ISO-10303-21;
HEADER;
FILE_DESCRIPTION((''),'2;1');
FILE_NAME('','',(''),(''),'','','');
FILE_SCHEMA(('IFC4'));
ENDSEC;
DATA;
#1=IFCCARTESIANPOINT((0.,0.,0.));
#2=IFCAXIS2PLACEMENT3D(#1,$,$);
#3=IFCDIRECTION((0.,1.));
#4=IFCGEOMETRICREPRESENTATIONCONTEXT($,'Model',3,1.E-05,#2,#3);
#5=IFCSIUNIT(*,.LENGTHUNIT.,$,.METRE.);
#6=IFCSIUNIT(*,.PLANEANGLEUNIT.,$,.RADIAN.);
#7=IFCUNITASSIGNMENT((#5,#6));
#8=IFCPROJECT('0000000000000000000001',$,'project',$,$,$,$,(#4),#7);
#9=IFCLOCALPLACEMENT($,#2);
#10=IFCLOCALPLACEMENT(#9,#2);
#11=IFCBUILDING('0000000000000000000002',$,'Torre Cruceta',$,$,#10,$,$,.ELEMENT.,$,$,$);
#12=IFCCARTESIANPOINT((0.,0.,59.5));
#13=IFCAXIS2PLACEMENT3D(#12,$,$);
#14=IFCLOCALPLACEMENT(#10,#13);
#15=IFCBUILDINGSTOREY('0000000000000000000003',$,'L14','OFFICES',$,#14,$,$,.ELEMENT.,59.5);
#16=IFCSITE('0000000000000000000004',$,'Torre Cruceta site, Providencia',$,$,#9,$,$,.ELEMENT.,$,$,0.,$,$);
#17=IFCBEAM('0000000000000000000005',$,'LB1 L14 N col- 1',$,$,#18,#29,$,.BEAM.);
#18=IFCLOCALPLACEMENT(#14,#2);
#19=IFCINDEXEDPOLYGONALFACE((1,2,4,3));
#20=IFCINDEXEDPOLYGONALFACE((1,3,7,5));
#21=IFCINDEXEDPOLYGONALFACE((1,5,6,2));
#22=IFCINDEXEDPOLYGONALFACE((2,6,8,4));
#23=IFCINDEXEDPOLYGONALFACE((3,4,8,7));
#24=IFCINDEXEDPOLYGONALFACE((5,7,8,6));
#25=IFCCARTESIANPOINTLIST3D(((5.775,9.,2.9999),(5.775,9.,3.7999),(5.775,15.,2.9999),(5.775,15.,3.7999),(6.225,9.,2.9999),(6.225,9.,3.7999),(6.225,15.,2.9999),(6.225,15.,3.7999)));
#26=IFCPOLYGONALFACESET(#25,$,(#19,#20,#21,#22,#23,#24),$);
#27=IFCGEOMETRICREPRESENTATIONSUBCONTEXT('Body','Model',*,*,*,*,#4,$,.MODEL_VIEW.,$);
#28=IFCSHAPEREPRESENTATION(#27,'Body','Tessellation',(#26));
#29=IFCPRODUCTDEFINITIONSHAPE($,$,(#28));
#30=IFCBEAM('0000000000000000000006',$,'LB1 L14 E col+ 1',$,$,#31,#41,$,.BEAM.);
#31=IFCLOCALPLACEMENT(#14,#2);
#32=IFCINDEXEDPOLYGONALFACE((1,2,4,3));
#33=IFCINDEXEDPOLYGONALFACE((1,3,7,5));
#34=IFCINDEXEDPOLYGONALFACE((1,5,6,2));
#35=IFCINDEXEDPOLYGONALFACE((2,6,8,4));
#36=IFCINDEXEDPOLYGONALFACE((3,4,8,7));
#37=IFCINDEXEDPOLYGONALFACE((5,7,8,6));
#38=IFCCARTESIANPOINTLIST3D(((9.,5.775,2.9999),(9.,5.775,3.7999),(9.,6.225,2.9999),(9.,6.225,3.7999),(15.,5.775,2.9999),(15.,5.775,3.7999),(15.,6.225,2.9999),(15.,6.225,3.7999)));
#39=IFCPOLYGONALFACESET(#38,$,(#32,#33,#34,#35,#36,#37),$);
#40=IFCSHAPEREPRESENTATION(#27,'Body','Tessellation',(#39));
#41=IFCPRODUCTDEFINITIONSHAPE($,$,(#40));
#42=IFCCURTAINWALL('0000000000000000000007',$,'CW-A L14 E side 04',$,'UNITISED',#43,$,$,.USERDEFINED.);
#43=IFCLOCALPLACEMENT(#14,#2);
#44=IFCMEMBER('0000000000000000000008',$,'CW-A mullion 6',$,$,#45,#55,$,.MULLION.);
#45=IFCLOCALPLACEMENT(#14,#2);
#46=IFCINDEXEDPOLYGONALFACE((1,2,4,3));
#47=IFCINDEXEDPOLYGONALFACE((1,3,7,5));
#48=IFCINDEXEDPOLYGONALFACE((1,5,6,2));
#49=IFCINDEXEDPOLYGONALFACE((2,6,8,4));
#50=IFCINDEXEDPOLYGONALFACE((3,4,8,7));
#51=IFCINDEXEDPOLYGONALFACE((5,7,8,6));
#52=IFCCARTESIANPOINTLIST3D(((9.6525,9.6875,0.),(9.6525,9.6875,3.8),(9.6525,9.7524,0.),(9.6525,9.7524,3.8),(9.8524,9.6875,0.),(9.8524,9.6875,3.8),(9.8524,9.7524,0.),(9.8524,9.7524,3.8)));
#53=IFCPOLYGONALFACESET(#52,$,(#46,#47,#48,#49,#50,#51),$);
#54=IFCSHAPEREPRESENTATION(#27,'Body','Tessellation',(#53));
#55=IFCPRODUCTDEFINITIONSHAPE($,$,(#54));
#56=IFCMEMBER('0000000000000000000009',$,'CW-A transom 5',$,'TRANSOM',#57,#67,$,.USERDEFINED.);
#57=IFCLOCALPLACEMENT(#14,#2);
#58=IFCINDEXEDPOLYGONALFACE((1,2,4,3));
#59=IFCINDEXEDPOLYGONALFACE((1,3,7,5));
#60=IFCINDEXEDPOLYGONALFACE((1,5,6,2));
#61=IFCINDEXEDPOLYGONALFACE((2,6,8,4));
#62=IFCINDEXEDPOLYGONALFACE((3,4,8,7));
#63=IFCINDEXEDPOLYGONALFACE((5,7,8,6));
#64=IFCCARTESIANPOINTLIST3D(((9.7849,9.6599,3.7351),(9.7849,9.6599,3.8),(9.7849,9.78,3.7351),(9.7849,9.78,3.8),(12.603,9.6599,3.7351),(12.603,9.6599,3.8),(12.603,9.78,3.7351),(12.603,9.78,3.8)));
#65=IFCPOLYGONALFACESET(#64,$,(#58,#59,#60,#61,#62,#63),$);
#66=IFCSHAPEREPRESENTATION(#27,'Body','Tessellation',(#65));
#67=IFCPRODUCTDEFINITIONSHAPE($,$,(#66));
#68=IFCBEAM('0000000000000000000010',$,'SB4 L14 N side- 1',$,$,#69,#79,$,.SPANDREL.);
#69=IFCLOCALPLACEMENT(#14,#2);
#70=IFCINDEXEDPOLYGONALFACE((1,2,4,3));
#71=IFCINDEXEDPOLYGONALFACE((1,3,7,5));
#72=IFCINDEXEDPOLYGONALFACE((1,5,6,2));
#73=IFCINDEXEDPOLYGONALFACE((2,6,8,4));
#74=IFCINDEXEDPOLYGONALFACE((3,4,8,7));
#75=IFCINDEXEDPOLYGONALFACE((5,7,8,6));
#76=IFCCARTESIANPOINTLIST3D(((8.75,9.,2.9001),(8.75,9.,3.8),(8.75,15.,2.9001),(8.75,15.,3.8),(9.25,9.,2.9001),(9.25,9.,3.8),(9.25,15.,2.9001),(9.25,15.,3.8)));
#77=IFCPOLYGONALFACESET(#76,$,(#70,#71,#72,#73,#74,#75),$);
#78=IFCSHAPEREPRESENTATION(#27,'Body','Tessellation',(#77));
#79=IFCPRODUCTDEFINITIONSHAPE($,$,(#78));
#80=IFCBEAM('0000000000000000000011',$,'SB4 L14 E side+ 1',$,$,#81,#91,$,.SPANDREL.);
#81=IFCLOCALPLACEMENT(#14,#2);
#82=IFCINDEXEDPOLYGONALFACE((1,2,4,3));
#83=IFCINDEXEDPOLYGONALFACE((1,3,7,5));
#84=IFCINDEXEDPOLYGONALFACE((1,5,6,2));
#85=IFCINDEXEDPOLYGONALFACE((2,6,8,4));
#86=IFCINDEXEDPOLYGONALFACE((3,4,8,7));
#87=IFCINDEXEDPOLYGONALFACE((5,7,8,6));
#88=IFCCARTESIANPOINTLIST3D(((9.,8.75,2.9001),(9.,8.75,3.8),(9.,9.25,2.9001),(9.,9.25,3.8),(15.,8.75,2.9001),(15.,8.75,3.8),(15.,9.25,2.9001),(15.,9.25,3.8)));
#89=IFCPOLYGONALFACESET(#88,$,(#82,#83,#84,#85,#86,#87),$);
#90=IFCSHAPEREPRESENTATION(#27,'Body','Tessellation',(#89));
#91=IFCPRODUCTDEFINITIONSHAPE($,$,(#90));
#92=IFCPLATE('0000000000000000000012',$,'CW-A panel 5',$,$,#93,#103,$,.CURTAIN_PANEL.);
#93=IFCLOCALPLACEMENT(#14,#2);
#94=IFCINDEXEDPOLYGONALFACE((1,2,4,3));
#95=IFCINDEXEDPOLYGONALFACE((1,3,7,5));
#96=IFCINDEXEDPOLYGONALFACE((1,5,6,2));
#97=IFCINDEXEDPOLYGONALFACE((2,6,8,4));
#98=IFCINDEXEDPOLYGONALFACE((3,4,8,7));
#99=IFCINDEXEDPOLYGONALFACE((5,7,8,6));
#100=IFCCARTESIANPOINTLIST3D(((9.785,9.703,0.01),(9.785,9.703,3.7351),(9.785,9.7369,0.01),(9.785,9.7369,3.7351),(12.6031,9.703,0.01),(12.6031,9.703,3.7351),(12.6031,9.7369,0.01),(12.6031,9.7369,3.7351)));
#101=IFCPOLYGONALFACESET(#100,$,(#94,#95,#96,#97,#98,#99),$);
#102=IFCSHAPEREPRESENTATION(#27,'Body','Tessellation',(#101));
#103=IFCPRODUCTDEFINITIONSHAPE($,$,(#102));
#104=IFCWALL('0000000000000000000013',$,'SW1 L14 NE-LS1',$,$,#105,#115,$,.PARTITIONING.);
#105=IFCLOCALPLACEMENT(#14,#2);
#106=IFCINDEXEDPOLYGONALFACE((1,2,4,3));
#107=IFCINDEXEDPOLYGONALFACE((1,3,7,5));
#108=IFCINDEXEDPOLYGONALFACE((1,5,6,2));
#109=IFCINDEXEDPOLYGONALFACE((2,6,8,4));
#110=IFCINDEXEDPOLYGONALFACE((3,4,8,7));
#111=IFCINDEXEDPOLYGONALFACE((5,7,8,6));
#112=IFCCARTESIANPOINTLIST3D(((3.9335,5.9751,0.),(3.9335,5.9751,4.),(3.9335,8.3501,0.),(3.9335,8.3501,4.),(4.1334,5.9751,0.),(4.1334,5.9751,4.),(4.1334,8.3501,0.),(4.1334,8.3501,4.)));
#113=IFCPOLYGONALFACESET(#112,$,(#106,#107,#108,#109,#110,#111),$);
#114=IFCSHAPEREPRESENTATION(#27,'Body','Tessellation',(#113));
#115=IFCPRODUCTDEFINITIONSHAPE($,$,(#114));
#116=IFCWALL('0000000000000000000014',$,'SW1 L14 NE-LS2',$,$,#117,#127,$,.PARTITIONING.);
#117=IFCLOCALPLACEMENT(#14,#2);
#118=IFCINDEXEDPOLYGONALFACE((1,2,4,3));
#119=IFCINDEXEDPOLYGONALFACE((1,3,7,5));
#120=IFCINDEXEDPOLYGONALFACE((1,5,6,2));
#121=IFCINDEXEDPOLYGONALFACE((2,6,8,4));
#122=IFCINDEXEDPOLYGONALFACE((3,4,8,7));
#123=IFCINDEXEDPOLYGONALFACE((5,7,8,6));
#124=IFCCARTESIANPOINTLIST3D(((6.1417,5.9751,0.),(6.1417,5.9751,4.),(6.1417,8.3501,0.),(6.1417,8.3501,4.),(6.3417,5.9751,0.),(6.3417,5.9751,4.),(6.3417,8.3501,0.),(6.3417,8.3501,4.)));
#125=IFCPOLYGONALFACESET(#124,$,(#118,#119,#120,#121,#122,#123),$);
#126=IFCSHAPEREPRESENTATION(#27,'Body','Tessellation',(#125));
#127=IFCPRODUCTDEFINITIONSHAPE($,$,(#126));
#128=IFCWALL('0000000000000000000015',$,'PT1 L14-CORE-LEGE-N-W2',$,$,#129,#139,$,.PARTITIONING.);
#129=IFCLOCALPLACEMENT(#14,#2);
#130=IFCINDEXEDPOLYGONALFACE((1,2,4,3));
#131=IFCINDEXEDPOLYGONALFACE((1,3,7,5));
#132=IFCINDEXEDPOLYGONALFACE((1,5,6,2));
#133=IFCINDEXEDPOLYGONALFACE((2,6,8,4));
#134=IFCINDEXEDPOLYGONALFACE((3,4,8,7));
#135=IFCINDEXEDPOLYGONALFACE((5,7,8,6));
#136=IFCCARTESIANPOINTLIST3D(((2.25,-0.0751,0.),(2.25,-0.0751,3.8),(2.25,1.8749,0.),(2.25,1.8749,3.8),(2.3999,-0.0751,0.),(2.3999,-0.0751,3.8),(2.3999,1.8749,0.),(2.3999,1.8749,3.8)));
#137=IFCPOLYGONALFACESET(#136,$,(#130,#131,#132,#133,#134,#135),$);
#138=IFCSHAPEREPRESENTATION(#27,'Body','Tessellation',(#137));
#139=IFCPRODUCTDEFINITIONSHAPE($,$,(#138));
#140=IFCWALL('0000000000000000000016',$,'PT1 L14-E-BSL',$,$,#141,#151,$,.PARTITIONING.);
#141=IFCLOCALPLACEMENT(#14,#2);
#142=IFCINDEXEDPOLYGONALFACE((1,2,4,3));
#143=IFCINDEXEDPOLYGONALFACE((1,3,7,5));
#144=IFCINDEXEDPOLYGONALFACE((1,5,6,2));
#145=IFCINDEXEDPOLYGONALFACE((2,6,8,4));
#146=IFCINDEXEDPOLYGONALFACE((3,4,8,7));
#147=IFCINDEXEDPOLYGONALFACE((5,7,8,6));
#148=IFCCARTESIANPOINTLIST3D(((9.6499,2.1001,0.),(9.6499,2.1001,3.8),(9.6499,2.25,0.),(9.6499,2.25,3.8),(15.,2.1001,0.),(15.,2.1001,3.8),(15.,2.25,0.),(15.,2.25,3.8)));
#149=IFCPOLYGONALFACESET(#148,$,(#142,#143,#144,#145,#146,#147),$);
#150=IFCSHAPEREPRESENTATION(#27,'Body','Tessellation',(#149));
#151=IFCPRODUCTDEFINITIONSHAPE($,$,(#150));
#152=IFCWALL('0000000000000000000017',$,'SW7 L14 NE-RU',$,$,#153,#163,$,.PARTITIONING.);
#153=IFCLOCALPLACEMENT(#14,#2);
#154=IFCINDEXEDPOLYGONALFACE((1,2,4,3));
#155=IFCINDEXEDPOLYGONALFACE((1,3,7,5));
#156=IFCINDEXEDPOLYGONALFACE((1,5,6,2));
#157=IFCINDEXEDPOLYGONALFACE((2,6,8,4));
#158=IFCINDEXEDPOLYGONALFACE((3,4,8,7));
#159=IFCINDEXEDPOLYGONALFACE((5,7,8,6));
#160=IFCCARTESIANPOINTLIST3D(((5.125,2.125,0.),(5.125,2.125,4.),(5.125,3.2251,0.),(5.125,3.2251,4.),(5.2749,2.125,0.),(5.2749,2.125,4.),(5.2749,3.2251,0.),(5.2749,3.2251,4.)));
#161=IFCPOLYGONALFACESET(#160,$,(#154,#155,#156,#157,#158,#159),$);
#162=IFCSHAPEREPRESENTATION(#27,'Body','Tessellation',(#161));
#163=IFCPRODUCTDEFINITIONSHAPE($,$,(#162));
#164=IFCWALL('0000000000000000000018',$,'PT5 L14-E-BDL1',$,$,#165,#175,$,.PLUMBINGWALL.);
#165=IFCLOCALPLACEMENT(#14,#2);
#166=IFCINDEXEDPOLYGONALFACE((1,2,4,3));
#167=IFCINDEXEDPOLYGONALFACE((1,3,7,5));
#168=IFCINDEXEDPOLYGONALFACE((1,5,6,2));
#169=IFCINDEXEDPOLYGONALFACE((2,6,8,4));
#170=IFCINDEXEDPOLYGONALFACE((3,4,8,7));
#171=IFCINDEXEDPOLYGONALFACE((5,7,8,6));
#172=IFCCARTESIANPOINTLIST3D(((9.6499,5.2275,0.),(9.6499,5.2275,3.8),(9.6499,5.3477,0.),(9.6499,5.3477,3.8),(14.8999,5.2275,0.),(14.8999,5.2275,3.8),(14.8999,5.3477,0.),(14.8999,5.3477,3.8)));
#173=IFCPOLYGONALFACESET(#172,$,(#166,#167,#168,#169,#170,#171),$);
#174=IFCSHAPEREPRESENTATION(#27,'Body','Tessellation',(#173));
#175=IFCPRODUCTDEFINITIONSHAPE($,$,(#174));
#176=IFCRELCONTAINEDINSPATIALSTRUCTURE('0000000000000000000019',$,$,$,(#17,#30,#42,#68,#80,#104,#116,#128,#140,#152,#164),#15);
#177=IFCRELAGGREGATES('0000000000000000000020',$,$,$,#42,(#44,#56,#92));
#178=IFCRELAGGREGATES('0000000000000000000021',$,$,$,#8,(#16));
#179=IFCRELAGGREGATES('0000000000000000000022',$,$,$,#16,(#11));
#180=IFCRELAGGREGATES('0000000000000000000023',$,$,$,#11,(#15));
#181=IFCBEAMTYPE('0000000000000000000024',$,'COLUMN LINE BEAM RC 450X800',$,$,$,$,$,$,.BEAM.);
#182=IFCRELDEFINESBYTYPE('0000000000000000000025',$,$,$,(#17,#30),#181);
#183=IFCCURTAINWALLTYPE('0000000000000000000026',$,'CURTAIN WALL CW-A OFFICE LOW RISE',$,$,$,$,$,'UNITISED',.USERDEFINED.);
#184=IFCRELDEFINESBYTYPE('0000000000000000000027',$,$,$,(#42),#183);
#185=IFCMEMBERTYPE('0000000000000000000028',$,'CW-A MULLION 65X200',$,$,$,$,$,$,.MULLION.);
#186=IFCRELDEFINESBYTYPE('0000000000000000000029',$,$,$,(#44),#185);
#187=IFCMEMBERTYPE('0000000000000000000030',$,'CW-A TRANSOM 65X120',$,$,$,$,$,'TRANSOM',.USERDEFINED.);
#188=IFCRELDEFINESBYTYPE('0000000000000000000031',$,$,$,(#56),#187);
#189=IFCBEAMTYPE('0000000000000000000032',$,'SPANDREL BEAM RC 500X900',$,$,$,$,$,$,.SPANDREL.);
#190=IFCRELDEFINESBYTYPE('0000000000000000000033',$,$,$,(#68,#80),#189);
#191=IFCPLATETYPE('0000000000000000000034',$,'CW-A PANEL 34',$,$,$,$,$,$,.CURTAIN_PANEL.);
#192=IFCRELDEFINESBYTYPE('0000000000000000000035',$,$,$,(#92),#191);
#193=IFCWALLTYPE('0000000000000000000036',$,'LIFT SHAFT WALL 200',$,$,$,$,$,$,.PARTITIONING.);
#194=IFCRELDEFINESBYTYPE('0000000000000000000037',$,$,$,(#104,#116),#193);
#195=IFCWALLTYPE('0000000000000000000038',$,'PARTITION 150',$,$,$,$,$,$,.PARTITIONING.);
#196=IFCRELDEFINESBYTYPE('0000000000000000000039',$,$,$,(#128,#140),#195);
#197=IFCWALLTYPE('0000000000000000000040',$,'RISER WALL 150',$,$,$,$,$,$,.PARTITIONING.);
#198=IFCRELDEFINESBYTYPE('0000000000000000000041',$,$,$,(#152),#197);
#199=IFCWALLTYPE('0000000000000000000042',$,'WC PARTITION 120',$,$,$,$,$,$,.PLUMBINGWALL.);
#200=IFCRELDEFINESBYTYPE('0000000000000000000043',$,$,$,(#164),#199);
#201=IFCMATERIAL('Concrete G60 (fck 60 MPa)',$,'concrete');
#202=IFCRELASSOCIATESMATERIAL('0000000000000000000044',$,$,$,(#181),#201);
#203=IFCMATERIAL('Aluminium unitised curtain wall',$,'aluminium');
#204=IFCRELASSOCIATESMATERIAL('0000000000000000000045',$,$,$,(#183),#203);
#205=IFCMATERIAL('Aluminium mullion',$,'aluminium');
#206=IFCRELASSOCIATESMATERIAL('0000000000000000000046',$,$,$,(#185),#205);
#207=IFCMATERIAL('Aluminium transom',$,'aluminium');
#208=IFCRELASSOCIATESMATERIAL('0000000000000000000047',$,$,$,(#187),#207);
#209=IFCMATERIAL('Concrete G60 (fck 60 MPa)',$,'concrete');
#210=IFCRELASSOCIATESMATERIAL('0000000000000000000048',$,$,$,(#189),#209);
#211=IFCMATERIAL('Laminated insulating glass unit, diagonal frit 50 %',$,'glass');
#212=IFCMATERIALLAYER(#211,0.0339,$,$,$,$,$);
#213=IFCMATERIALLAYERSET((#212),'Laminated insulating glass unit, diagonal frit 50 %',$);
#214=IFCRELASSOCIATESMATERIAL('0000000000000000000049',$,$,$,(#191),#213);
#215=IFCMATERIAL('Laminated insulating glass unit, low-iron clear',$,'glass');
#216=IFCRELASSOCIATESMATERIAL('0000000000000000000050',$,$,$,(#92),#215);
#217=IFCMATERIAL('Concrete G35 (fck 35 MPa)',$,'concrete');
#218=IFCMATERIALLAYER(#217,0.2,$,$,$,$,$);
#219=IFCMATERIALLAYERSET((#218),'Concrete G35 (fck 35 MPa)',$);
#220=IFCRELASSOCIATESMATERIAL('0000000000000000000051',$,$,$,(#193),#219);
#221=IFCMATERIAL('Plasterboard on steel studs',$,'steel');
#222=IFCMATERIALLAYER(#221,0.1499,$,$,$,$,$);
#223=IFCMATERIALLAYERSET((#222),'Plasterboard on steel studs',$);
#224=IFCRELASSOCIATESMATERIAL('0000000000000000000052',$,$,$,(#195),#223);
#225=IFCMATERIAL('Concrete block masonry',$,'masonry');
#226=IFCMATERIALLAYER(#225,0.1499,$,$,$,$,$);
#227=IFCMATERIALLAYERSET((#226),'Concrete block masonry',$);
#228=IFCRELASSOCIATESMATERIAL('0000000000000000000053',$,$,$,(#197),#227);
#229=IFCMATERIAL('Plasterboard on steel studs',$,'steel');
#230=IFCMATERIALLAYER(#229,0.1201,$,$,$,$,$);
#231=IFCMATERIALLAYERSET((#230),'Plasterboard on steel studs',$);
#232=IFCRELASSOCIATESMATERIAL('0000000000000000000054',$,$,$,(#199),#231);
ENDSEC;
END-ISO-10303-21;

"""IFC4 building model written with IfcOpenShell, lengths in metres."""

from ifc_helpers import new_model, si_unit, direction, frame, frame_2d, origin, origin_2d, place, context, subcontext, project, spatial, rectangle, extrude, material, layer, layer_set, material_profile, profile_set, type_object, element, aggregate, save


model = new_model("IFC4")

# Units and contexts
model_context = context("Model", 3, precision=1e-05, world=origin(), true_north=direction((0.0, 1.0)))
body_context = subcontext(model_context, "Body", "Model", "MODEL_VIEW")
ifc_project = project(units=[si_unit("LENGTHUNIT", "METRE"), si_unit("PLANEANGLEUNIT", "RADIAN")], contexts=[model_context])

# Site, building, storey
site_placement = place(None, origin())
site = spatial("IfcSite", under=ifc_project, at=site_placement, Name="Torre Cruceta site, Providencia", CompositionType="ELEMENT", RefElevation=0.0)
building_placement = place(site_placement, origin())
building = spatial("IfcBuilding", under=site, at=building_placement, Name="Torre Cruceta", CompositionType="ELEMENT")
storey_placement = place(building_placement, frame((0.0, 0.0, 59.5)))
storey = spatial("IfcBuildingStorey", under=building, at=storey_placement, Name="L14", Description="OFFICES", CompositionType="ELEMENT", Elevation=59.5)

# Beams
ifc_material_1 = material(Name="Concrete G60 (fck 60 MPa)", Category="concrete")
ifc_material_profile_1 = material_profile(ifc_material_1, rectangle(XDim=0.45, YDim=0.8, at=origin_2d()), Name="RC 450X800")
ifc_profile_set_1 = profile_set([ifc_material_profile_1], Name="Concrete G60 (fck 60 MPa)")
beam_type_1 = type_object("IfcBeamType", Name="COLUMN LINE BEAM RC 450X800", PredefinedType="BEAM", material=ifc_profile_set_1)
for number, where, z_axis, x_axis, name in (
    (1, (6.0, 9.0, 3.3999), (0.0, 1.0, 0.0), (-1.0, 0.0, 0.0), "LB1 L14 N col- 1"),
    (2, (9.0, 6.0, 3.3999), (1.0, 0.0, 0.0), (0.0, 1.0, 0.0), "LB1 L14 E col+ 1"),
):
    element("IfcBeam", number, at=place(storey_placement, frame(where, z_axis=z_axis, x_axis=x_axis)), inside=storey, type_object=beam_type_1, Name=name, PredefinedType="BEAM", context=body_context, shape_type="SweptSolid", body=[
        extrude(rectangle(XDim=0.45, YDim=0.8, at=origin_2d()), origin(), (0.0, 0.0, 1.0), 6.0),
    ])

# Curtain wall, members
ifc_material_2 = material(Name="Aluminium unitised curtain wall", Category="aluminium")
curtain_wall_type = type_object("IfcCurtainWallType", Name="CURTAIN WALL CW-A OFFICE LOW RISE", ElementType="UNITISED", PredefinedType="USERDEFINED", material=ifc_material_2)
curtain_wall_placement = place(storey_placement, origin())
curtain_wall = element("IfcCurtainWall", 3, at=curtain_wall_placement, inside=storey, type_object=curtain_wall_type, Name="CW-A L14 E side 04", ObjectType="UNITISED", PredefinedType="USERDEFINED")
ifc_material_3 = material(Name="Aluminium mullion", Category="aluminium")
ifc_material_profile_2 = material_profile(ifc_material_3, rectangle(XDim=0.0649, YDim=0.2, at=origin_2d()), Name="AL 65X200")
ifc_profile_set_2 = profile_set([ifc_material_profile_2], Name="Aluminium mullion")
member_type_1 = type_object("IfcMemberType", Name="CW-A MULLION 65X200", PredefinedType="MULLION", material=ifc_profile_set_2)
member_1_placement = place(storey_placement, frame((9.7524, 9.72, 0.0), z_axis=(0.0, 0.0, 1.0), x_axis=(0.0, -1.0, 0.0)))
member_1 = element("IfcMember", 4, at=member_1_placement, type_object=member_type_1, Name="CW-A mullion 6", PredefinedType="MULLION", context=body_context, shape_type="SweptSolid", body=[
    extrude(rectangle(XDim=0.0649, YDim=0.2, at=origin_2d()), origin(), (0.0, 0.0, 1.0), 3.8),
])
ifc_material_4 = material(Name="Aluminium transom", Category="aluminium")
ifc_material_profile_3 = material_profile(ifc_material_4, rectangle(XDim=0.1201, YDim=0.0649, at=origin_2d()), Name="AL 120X65")
ifc_profile_set_3 = profile_set([ifc_material_profile_3], Name="Aluminium transom")
member_type_2 = type_object("IfcMemberType", Name="CW-A TRANSOM 65X120", ElementType="TRANSOM", PredefinedType="USERDEFINED", material=ifc_profile_set_3)
member_2_placement = place(storey_placement, frame((12.603, 9.72, 3.7676), z_axis=(-1.0, 0.0, 0.0), x_axis=(0.0, -1.0, 0.0)))
member_2 = element("IfcMember", 5, at=member_2_placement, type_object=member_type_2, Name="CW-A transom 5", ObjectType="TRANSOM", PredefinedType="USERDEFINED", context=body_context, shape_type="SweptSolid", body=[
    extrude(rectangle(XDim=0.1201, YDim=0.0649, at=origin_2d()), origin(), (0.0, 0.0, 1.0), 2.8181),
])

# Beams
ifc_material_5 = material(Name="Concrete G60 (fck 60 MPa)", Category="concrete")
ifc_material_profile_4 = material_profile(ifc_material_5, rectangle(XDim=0.5, YDim=0.8999, at=origin_2d()), Name="RC 500X900")
ifc_profile_set_4 = profile_set([ifc_material_profile_4], Name="Concrete G60 (fck 60 MPa)")
beam_type_2 = type_object("IfcBeamType", Name="SPANDREL BEAM RC 500X900", PredefinedType="SPANDREL", material=ifc_profile_set_4)
for number, where, z_axis, x_axis, name in (
    (6, (9.0, 9.0, 3.3501), (0.0, 1.0, 0.0), (-1.0, 0.0, 0.0), "SB4 L14 N side- 1"),
    (7, (9.0, 9.0, 3.3501), (1.0, 0.0, 0.0), (0.0, 1.0, 0.0), "SB4 L14 E side+ 1"),
):
    element("IfcBeam", number, at=place(storey_placement, frame(where, z_axis=z_axis, x_axis=x_axis)), inside=storey, type_object=beam_type_2, Name=name, PredefinedType="SPANDREL", context=body_context, shape_type="SweptSolid", body=[
        extrude(rectangle(XDim=0.5, YDim=0.8999, at=origin_2d()), origin(), (0.0, 0.0, 1.0), 6.0),
    ])

# Plate
ifc_material_6 = material(Name="Laminated insulating glass unit, low-iron clear", Category="glass")
ifc_material_7 = material(Name="Laminated insulating glass unit, diagonal frit 50 %", Category="glass")
ifc_layer_1 = layer(ifc_material_7, 0.0339)
ifc_layer_set_1 = layer_set([ifc_layer_1], Name="Laminated insulating glass unit, diagonal frit 50 %")
plate_type = type_object("IfcPlateType", Name="CW-A PANEL 34", PredefinedType="CURTAIN_PANEL", material=ifc_layer_set_1)
plate_placement = place(storey_placement, frame((11.1941, 9.72, 0.01), z_axis=(0.0, 0.0, 1.0), x_axis=(-1.0, 0.0, 0.0)))
plate = element("IfcPlate", 8, at=plate_placement, type_object=plate_type, material=ifc_material_6, Name="CW-A panel 5", PredefinedType="CURTAIN_PANEL", context=body_context, shape_type="SweptSolid", body=[
    extrude(rectangle(XDim=2.8181, YDim=0.0339, at=origin_2d()), origin(), (0.0, 0.0, 1.0), 3.7251),
])
aggregate(curtain_wall, [member_1, member_2, plate])

# Walls
ifc_material_8 = material(Name="Concrete G35 (fck 35 MPa)", Category="concrete")
ifc_layer_2 = layer(ifc_material_8, 0.2)
ifc_layer_set_2 = layer_set([ifc_layer_2], Name="Concrete G35 (fck 35 MPa)")
wall_type_1 = type_object("IfcWallType", Name="LIFT SHAFT WALL 200", PredefinedType="PARTITIONING", material=ifc_layer_set_2)
for number, where, z_axis, x_axis, name in (
    (9, (4.0334, 5.9751, 0.0), (0.0, 0.0, 1.0), (0.0, 1.0, 0.0), "SW1 L14 NE-LS1"),
    (10, (6.2417, 5.9751, 0.0), (0.0, 0.0, 1.0), (0.0, 1.0, 0.0), "SW1 L14 NE-LS2"),
):
    element("IfcWall", number, at=place(storey_placement, frame(where, z_axis=z_axis, x_axis=x_axis)), inside=storey, type_object=wall_type_1, Name=name, PredefinedType="PARTITIONING", context=body_context, shape_type="SweptSolid", body=[
        extrude(rectangle(XDim=2.375, YDim=0.2, at=frame_2d((1.1875, 0.0))), origin(), (0.0, 0.0, 1.0), 4.0),
    ])
ifc_material_9 = material(Name="Plasterboard on steel studs", Category="steel")
ifc_layer_3 = layer(ifc_material_9, 0.1499)
ifc_layer_set_3 = layer_set([ifc_layer_3], Name="Plasterboard on steel studs")
wall_type_2 = type_object("IfcWallType", Name="PARTITION 150", PredefinedType="PARTITIONING", material=ifc_layer_set_3)
wall_1_placement = place(storey_placement, frame((2.325, 1.875, 0.0), z_axis=(0.0, 0.0, 1.0), x_axis=(0.0, -1.0, 0.0)))
element("IfcWall", 11, at=wall_1_placement, inside=storey, type_object=wall_type_2, Name="PT1 L14-CORE-LEGE-N-W2", PredefinedType="PARTITIONING", context=body_context, shape_type="SweptSolid", body=[
    extrude(rectangle(XDim=1.95, YDim=0.1499, at=frame_2d((0.9751, 0.0))), origin(), (0.0, 0.0, 1.0), 3.8),
])
wall_2_placement = place(storey_placement, frame((9.6499, 2.175, 0.0), z_axis=(0.0, 0.0, 1.0), x_axis=(1.0, 0.0, 0.0)))
element("IfcWall", 12, at=wall_2_placement, inside=storey, type_object=wall_type_2, Name="PT1 L14-E-BSL", PredefinedType="PARTITIONING", context=body_context, shape_type="SweptSolid", body=[
    extrude(rectangle(XDim=5.3501, YDim=0.1499, at=frame_2d((2.675, 0.0))), origin(), (0.0, 0.0, 1.0), 3.8),
])
ifc_material_10 = material(Name="Concrete block masonry", Category="masonry")
ifc_layer_4 = layer(ifc_material_10, 0.1499)
ifc_layer_set_4 = layer_set([ifc_layer_4], Name="Concrete block masonry")
wall_type_3 = type_object("IfcWallType", Name="RISER WALL 150", PredefinedType="PARTITIONING", material=ifc_layer_set_4)
wall_3_placement = place(storey_placement, frame((5.2, 2.125, 0.0), z_axis=(0.0, 0.0, 1.0), x_axis=(0.0, 1.0, 0.0)))
element("IfcWall", 13, at=wall_3_placement, inside=storey, type_object=wall_type_3, Name="SW7 L14 NE-RU", PredefinedType="PARTITIONING", context=body_context, shape_type="SweptSolid", body=[
    extrude(rectangle(XDim=1.1001, YDim=0.1499, at=frame_2d((0.55, 0.0))), origin(), (0.0, 0.0, 1.0), 4.0),
])
ifc_material_11 = material(Name="Plasterboard on steel studs", Category="steel")
ifc_layer_5 = layer(ifc_material_11, 0.1201)
ifc_layer_set_5 = layer_set([ifc_layer_5], Name="Plasterboard on steel studs")
wall_type_4 = type_object("IfcWallType", Name="WC PARTITION 120", PredefinedType="PLUMBINGWALL", material=ifc_layer_set_5)
wall_4_placement = place(storey_placement, frame((9.6499, 5.2876, 0.0), z_axis=(0.0, 0.0, 1.0), x_axis=(1.0, 0.0, 0.0)))
element("IfcWall", 14, at=wall_4_placement, inside=storey, type_object=wall_type_4, Name="PT5 L14-E-BDL1", PredefinedType="PLUMBINGWALL", context=body_context, shape_type="SweptSolid", body=[
    extrude(rectangle(XDim=5.25, YDim=0.1201, at=frame_2d((2.625, 0.0))), origin(), (0.0, 0.0, 1.0), 3.8),
])

save(model, "model.ifc")
